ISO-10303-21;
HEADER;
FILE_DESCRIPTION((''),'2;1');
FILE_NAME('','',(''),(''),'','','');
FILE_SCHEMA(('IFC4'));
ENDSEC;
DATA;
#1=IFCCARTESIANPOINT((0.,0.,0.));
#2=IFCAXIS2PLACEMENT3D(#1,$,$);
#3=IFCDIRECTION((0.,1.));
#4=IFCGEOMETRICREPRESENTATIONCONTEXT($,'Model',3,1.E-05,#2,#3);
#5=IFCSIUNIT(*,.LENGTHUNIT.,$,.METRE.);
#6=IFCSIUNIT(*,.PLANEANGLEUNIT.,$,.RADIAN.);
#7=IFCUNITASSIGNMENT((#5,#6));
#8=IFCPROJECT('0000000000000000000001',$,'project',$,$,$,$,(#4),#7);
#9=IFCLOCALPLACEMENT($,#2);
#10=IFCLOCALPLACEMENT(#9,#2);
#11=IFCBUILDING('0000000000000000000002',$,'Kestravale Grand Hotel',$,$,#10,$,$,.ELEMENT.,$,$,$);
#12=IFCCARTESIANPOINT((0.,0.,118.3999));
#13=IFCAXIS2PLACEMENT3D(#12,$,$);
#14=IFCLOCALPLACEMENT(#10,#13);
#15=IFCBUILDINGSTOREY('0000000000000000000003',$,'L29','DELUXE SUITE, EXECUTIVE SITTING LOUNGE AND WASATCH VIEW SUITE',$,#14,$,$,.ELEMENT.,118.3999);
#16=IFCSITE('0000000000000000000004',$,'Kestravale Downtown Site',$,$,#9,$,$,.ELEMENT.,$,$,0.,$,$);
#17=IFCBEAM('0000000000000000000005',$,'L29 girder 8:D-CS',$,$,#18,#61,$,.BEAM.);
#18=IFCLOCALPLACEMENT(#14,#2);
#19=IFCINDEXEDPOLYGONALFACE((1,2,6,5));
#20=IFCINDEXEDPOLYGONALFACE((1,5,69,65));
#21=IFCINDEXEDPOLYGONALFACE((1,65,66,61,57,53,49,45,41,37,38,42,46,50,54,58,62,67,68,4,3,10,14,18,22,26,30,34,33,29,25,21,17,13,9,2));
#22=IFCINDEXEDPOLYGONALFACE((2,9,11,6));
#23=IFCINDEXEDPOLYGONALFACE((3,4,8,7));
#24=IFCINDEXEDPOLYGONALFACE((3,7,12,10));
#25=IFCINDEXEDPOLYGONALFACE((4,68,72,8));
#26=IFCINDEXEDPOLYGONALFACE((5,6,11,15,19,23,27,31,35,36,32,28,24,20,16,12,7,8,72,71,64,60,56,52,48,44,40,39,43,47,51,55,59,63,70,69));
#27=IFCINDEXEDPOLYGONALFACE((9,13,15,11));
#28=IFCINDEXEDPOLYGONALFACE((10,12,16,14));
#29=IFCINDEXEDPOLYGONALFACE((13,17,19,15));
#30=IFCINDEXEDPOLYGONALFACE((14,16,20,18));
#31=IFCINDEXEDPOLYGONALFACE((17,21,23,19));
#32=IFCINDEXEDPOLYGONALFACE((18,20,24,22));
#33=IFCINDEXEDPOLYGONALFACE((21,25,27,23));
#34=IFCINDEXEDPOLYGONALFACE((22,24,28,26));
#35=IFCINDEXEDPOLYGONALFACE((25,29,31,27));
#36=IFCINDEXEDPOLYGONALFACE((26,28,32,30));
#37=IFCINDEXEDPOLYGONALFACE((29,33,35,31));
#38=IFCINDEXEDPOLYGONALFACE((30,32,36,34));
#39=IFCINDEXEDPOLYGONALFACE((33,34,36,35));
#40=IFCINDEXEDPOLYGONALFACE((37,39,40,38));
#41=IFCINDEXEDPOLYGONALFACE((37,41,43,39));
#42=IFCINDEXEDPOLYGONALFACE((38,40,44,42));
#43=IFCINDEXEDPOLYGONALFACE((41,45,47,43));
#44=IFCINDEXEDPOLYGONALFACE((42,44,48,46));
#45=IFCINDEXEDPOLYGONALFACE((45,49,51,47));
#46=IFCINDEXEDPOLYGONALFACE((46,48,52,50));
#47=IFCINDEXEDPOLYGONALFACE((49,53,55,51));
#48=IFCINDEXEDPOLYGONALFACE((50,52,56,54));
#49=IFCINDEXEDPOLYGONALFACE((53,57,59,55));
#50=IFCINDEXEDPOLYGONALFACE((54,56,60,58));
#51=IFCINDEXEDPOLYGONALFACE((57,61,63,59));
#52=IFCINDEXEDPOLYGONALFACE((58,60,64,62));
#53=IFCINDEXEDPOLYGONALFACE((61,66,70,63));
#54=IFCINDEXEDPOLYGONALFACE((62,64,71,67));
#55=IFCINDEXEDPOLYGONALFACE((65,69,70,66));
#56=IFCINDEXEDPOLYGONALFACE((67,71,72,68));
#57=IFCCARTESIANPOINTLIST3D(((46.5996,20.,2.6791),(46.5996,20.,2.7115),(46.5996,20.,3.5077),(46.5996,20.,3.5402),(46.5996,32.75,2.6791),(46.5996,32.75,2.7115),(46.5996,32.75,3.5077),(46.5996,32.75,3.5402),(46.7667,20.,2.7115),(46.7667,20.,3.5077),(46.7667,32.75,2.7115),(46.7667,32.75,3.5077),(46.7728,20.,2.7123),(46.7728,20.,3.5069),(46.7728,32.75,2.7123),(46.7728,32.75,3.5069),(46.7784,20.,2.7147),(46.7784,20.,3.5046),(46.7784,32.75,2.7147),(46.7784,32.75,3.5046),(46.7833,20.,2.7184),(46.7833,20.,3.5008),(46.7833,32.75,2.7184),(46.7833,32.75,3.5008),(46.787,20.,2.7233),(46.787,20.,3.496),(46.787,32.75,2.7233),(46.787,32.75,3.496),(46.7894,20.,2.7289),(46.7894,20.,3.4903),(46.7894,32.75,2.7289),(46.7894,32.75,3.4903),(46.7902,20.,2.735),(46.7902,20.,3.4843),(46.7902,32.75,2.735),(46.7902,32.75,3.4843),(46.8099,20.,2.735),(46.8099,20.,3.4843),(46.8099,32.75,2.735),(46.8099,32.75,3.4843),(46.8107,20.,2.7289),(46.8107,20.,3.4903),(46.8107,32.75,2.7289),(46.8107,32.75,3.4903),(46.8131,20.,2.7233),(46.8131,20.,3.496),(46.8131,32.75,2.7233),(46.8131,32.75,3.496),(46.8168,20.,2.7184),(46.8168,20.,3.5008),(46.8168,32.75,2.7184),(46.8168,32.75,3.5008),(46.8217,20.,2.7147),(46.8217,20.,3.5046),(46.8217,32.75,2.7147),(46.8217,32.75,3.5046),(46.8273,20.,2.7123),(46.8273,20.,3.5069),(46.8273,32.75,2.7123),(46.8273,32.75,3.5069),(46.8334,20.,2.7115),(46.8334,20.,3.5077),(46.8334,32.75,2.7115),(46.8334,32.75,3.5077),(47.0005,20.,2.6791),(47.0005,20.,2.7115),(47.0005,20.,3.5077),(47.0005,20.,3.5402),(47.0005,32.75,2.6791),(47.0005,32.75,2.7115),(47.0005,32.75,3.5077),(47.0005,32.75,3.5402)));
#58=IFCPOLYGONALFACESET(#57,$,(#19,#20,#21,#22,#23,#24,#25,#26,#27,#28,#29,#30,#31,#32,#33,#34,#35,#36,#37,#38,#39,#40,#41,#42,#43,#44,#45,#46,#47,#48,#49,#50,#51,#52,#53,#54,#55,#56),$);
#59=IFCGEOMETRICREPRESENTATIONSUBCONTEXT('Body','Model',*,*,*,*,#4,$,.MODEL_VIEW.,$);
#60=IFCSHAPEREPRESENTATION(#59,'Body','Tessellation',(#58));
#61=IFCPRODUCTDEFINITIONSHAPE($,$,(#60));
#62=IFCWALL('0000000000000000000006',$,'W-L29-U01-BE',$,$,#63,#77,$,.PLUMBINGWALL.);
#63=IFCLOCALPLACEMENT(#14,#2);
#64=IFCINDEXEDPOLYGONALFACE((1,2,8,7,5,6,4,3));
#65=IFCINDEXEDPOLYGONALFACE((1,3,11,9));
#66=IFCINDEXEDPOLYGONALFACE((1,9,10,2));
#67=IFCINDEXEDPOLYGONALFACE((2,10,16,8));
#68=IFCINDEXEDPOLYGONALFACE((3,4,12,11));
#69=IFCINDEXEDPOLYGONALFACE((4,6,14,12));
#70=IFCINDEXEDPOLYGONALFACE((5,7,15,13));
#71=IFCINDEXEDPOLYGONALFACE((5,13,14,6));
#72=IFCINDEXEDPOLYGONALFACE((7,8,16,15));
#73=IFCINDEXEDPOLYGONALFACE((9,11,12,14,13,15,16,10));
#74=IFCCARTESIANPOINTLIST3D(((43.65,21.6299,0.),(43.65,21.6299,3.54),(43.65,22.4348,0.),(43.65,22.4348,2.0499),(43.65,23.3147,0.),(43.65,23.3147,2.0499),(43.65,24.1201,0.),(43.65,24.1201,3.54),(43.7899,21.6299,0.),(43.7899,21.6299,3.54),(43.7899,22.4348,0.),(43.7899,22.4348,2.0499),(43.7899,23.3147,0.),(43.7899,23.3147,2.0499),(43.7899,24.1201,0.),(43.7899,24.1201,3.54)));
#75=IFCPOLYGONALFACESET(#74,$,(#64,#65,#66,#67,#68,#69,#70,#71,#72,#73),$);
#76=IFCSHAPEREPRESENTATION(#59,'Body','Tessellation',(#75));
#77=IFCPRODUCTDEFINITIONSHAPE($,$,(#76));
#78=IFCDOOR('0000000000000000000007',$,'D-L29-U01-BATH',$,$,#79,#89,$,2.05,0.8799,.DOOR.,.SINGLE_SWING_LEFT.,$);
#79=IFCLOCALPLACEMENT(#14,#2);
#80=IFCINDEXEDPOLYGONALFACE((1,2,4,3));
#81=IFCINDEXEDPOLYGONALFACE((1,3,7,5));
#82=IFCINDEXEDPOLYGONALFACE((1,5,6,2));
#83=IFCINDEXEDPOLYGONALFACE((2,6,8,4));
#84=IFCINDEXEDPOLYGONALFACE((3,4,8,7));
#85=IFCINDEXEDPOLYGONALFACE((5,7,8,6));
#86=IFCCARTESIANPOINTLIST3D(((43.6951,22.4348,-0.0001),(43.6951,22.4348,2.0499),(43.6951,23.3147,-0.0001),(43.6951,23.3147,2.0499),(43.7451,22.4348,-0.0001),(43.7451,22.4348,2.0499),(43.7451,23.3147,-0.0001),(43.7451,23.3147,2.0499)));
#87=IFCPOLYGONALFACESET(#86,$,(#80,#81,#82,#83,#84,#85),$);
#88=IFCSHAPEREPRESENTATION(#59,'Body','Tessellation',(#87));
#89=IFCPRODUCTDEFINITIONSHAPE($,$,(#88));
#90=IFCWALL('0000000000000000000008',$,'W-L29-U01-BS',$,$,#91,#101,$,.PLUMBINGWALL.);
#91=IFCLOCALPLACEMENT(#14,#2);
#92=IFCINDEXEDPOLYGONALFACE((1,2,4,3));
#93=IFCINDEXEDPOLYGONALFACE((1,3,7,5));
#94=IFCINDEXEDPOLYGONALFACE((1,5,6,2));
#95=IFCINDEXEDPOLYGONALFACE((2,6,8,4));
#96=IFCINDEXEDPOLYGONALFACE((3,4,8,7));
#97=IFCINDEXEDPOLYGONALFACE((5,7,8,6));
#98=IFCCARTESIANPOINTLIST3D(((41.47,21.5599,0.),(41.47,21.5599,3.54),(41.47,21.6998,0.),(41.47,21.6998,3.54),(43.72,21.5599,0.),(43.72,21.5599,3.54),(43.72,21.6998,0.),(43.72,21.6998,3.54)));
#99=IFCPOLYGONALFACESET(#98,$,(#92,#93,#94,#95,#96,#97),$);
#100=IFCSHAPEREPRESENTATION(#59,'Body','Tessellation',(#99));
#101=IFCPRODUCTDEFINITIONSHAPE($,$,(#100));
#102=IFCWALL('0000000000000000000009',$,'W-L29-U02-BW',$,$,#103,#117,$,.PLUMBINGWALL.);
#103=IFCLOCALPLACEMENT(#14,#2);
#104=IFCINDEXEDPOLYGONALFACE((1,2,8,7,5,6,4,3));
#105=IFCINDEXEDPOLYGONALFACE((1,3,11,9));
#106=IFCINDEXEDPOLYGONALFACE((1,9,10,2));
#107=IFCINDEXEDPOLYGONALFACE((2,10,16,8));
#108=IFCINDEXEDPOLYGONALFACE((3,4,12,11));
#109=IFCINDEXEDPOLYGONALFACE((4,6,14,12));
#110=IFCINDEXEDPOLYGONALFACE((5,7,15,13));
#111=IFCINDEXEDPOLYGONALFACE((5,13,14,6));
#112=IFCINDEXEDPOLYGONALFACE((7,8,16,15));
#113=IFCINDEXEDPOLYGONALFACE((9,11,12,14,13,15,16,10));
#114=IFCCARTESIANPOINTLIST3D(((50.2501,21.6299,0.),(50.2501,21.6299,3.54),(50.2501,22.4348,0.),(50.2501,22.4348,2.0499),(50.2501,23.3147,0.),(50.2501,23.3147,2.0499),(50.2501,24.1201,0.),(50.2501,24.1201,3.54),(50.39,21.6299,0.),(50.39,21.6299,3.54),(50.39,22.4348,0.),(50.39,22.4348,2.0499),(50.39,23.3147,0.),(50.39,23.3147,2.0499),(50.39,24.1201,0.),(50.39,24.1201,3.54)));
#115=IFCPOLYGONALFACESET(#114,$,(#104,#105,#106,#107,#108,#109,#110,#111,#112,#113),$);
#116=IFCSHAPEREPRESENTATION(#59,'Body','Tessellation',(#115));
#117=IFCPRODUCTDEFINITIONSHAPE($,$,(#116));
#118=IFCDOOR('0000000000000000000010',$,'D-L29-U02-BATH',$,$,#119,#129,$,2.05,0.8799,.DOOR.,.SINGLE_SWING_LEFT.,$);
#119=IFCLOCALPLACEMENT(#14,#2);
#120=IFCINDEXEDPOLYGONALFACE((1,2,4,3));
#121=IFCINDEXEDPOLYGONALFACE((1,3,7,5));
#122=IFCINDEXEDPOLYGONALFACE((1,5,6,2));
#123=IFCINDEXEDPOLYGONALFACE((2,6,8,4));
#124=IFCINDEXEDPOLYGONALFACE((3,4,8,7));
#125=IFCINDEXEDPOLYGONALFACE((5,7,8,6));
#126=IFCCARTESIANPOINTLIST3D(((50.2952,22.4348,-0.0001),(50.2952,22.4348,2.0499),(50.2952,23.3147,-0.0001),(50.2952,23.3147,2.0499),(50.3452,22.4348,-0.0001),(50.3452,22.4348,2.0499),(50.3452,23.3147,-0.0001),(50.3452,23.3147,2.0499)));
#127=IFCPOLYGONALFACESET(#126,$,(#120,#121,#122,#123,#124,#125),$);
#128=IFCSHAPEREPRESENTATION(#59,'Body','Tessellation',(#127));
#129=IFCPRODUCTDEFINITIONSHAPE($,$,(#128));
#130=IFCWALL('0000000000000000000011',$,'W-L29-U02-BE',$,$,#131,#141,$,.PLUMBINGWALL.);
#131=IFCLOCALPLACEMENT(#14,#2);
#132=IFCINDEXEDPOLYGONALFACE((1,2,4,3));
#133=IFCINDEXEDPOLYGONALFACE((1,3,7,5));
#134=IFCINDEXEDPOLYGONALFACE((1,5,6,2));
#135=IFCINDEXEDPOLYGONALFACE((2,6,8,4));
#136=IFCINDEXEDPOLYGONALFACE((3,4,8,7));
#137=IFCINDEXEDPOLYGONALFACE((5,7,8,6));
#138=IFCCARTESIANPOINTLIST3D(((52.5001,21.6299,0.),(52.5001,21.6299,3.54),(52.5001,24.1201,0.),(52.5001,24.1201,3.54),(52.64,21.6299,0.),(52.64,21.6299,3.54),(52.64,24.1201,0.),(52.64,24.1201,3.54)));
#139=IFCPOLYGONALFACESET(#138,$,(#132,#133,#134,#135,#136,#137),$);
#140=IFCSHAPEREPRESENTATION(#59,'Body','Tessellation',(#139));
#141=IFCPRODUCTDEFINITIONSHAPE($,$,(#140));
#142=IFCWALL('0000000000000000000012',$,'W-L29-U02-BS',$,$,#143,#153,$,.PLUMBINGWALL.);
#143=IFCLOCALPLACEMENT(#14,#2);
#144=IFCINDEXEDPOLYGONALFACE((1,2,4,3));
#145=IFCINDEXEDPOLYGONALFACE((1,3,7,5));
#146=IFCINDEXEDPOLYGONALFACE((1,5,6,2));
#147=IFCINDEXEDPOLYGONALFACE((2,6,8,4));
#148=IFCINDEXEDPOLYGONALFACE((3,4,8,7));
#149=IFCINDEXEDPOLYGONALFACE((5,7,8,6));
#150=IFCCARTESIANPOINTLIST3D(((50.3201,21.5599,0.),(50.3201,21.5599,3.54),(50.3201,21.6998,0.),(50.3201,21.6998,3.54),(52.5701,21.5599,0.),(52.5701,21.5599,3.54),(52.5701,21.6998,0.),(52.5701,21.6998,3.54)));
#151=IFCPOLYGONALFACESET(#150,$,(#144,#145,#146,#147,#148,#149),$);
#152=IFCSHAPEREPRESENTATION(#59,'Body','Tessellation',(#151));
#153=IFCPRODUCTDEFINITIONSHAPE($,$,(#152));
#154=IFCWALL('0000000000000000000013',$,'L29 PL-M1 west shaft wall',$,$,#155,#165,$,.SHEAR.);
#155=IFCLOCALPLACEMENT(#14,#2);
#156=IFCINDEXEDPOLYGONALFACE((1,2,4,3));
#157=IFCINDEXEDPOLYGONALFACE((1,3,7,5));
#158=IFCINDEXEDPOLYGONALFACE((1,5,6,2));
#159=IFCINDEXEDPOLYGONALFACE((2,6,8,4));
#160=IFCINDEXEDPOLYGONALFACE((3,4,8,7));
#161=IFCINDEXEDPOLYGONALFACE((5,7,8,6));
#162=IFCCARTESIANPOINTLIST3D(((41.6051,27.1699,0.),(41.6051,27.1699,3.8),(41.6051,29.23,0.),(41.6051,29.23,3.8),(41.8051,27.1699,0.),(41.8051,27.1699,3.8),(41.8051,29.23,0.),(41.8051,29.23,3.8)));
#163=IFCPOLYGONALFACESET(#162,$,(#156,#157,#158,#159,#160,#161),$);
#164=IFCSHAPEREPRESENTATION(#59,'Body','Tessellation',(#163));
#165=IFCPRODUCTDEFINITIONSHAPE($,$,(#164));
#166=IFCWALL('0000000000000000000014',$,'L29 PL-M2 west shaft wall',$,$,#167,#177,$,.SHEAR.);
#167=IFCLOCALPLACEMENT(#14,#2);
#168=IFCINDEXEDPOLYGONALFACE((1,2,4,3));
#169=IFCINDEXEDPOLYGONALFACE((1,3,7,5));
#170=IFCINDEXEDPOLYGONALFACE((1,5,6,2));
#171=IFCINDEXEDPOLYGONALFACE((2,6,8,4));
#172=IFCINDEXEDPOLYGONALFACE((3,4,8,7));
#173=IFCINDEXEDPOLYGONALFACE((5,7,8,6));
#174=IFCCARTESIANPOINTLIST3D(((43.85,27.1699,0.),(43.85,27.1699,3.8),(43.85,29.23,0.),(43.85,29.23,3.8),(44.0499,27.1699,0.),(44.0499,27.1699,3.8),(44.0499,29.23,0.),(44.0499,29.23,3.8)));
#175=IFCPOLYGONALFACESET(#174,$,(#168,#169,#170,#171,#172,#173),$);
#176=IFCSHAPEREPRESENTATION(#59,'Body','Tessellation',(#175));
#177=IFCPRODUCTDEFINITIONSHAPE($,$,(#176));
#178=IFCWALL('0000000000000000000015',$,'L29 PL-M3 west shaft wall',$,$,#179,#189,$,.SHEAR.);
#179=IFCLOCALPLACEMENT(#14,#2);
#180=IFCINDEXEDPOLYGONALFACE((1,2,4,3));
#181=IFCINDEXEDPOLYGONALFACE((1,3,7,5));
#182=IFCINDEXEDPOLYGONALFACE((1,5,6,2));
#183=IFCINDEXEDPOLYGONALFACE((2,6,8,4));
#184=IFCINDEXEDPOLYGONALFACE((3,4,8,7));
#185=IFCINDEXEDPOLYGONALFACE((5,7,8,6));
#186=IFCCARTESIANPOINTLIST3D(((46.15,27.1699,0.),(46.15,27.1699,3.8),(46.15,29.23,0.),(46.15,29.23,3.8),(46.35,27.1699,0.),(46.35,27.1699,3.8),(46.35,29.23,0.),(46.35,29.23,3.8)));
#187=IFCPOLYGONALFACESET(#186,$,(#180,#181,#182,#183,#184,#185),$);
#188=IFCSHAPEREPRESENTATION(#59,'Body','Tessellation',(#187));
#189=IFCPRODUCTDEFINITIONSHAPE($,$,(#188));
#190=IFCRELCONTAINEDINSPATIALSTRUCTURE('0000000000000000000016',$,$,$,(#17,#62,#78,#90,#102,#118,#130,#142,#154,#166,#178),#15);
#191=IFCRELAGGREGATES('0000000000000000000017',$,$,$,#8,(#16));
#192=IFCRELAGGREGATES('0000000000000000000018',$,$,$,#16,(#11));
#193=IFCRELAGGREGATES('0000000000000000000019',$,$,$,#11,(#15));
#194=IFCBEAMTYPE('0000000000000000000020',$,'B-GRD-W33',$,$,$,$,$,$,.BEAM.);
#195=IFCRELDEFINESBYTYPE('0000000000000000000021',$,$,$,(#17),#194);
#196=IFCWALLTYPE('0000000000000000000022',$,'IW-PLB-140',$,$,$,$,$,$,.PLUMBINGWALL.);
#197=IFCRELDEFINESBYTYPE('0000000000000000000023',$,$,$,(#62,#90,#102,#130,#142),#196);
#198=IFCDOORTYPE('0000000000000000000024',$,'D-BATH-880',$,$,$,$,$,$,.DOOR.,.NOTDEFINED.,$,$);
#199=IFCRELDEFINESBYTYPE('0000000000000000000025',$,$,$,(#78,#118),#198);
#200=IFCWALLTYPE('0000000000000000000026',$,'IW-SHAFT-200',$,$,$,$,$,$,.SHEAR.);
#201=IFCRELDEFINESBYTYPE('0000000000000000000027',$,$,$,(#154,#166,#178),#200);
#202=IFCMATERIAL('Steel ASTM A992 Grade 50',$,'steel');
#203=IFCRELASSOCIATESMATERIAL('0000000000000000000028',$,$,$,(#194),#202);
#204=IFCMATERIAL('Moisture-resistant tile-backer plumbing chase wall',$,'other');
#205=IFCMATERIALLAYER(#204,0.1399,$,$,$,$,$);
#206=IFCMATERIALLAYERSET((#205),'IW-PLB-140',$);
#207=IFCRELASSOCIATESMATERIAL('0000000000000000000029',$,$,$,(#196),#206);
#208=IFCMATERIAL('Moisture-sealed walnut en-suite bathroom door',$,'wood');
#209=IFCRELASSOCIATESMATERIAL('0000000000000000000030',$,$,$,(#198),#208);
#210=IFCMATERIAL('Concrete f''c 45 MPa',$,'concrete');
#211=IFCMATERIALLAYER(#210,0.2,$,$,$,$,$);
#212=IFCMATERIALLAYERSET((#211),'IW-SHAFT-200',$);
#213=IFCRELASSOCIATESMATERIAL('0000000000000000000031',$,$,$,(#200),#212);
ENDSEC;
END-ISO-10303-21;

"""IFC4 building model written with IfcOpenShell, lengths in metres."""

from ifc_helpers import new_model, si_unit, direction, frame, frame_2d, origin, origin_2d, place, context, subcontext, project, spatial, rectangle, i_section, extrude, material, layer, layer_set, material_profile, profile_set, type_object, element, fill, save


model = new_model("IFC4")

# Units and contexts
model_context = context("Model", 3, precision=1e-05, world=origin(), true_north=direction((0.0, 1.0)))
body_context = subcontext(model_context, "Body", "Model", "MODEL_VIEW")
ifc_project = project(units=[si_unit("LENGTHUNIT", "METRE"), si_unit("PLANEANGLEUNIT", "RADIAN")], contexts=[model_context])

# Site, building, storey
site_placement = place(None, origin())
site = spatial("IfcSite", under=ifc_project, at=site_placement, Name="Kestravale Downtown Site", CompositionType="ELEMENT", RefElevation=0.0)
building_placement = place(site_placement, origin())
building = spatial("IfcBuilding", under=site, at=building_placement, Name="Kestravale Grand Hotel", CompositionType="ELEMENT")
storey_placement = place(building_placement, frame((0.0, 0.0, 118.3999)))
storey = spatial("IfcBuildingStorey", under=building, at=storey_placement, Name="L29", Description="DELUXE SUITE, EXECUTIVE SITTING LOUNGE AND WASATCH VIEW SUITE", CompositionType="ELEMENT", Elevation=118.3999)

# Beam
ifc_material_1 = material(Name="Steel ASTM A992 Grade 50", Category="steel")
ifc_material_profile_1 = material_profile(ifc_material_1, i_section(OverallWidth=0.4009, OverallDepth=0.8611, WebThickness=0.0198, FlangeThickness=0.0325, FilletRadius=0.0234, at=origin_2d()))
ifc_profile_set_1 = profile_set([ifc_material_profile_1], Name="Steel ASTM A992 Grade 50")
beam_type = type_object("IfcBeamType", Name="B-GRD-W33", PredefinedType="BEAM", material=ifc_profile_set_1)
beam_1_placement = place(storey_placement, frame((46.8, 20.0, 3.1096), z_axis=(0.0, 1.0, 0.0), x_axis=(-1.0, 0.0, 0.0)))
element("IfcBeam", 1, at=beam_1_placement, inside=storey, type_object=beam_type, Name="L29 girder 8:D-CS", PredefinedType="BEAM", context=body_context, shape_type="SweptSolid", body=[
    extrude(i_section(OverallWidth=0.4009, OverallDepth=0.8611, WebThickness=0.0198, FlangeThickness=0.0325, FilletRadius=0.0234, at=origin_2d()), origin(), (0.0, 0.0, 1.0), 12.75),
])

# Wall, opening, door
ifc_material_2 = material(Name="Moisture-resistant tile-backer plumbing chase wall", Category="other")
ifc_layer_1 = layer(ifc_material_2, 0.1399)
ifc_layer_set_1 = layer_set([ifc_layer_1], Name="IW-PLB-140")
wall_type_1 = type_object("IfcWallType", Name="IW-PLB-140", PredefinedType="PLUMBINGWALL", material=ifc_layer_set_1)
wall_1_placement = place(storey_placement, frame((43.72, 21.6299, 0.0), z_axis=(0.0, 0.0, 1.0), x_axis=(0.0, 1.0, 0.0)))
wall_1 = element("IfcWall", 2, at=wall_1_placement, inside=storey, type_object=wall_type_1, Name="W-L29-U01-BE", PredefinedType="PLUMBINGWALL", context=body_context, shape_type="SweptSolid", body=[
    extrude(rectangle(XDim=2.4902, YDim=0.1399, at=frame_2d((1.2451, 0.0))), origin(), (0.0, 0.0, 1.0), 3.54),
])
opening_1_placement = place(wall_1_placement, frame((0.8049, 0.0, 0.0)))
opening_1 = element("IfcOpeningElement", 3, at=opening_1_placement, cuts=wall_1, PredefinedType="OPENING", context=body_context, shape_type="SweptSolid", body=[
    extrude(rectangle(XDim=0.8799, YDim=2.05, at=frame_2d((0.4399, 1.0249))), frame((0.0, 0.0798, 0.0), z_axis=(0.0, -1.0, 0.0), x_axis=(1.0, 0.0, 0.0)), (0.0, 0.0, 1.0), 0.1599),
])
ifc_material_3 = material(Name="Moisture-sealed walnut en-suite bathroom door", Category="wood")
door_type = type_object("IfcDoorType", Name="D-BATH-880", OperationType="NOTDEFINED", PredefinedType="DOOR", material=ifc_material_3)
door_1_placement = place(opening_1_placement, origin())
door_1 = element("IfcDoor", 4, at=door_1_placement, inside=storey, type_object=door_type, Name="D-L29-U01-BATH", OperationType="SINGLE_SWING_LEFT", OverallHeight=2.05, OverallWidth=0.8799, PredefinedType="DOOR", context=body_context, shape_type="SweptSolid", body=[
    extrude(rectangle(XDim=0.8799, YDim=2.05, at=frame_2d((0.4399, 1.0249))), frame((0.0, 0.0249, 0.0), z_axis=(0.0, -1.0, 0.0), x_axis=(1.0, 0.0, 0.0)), (0.0, 0.0, 1.0), 0.05),
])
fill(opening_1, door_1)

# Wall
wall_2_placement = place(storey_placement, frame((41.47, 21.6299, 0.0), z_axis=(0.0, 0.0, 1.0), x_axis=(1.0, 0.0, 0.0)))
element("IfcWall", 5, at=wall_2_placement, inside=storey, type_object=wall_type_1, Name="W-L29-U01-BS", PredefinedType="PLUMBINGWALL", context=body_context, shape_type="SweptSolid", body=[
    extrude(rectangle(XDim=2.25, YDim=0.1399, at=frame_2d((1.125, 0.0))), origin(), (0.0, 0.0, 1.0), 3.54),
])

# Wall, opening, door
wall_3_placement = place(storey_placement, frame((50.3201, 21.6299, 0.0), z_axis=(0.0, 0.0, 1.0), x_axis=(0.0, 1.0, 0.0)))
wall_3 = element("IfcWall", 6, at=wall_3_placement, inside=storey, type_object=wall_type_1, Name="W-L29-U02-BW", PredefinedType="PLUMBINGWALL", context=body_context, shape_type="SweptSolid", body=[
    extrude(rectangle(XDim=2.4902, YDim=0.1399, at=frame_2d((1.2451, 0.0))), origin(), (0.0, 0.0, 1.0), 3.54),
])
opening_2_placement = place(wall_3_placement, frame((0.8049, 0.0, 0.0)))
opening_2 = element("IfcOpeningElement", 7, at=opening_2_placement, cuts=wall_3, PredefinedType="OPENING", context=body_context, shape_type="SweptSolid", body=[
    extrude(rectangle(XDim=0.8799, YDim=2.05, at=frame_2d((0.4399, 1.0249))), frame((0.0, 0.0798, 0.0), z_axis=(0.0, -1.0, 0.0), x_axis=(1.0, 0.0, 0.0)), (0.0, 0.0, 1.0), 0.1599),
])
door_2_placement = place(opening_2_placement, origin())
door_2 = element("IfcDoor", 8, at=door_2_placement, inside=storey, type_object=door_type, Name="D-L29-U02-BATH", OperationType="SINGLE_SWING_LEFT", OverallHeight=2.05, OverallWidth=0.8799, PredefinedType="DOOR", context=body_context, shape_type="SweptSolid", body=[
    extrude(rectangle(XDim=0.8799, YDim=2.05, at=frame_2d((0.4399, 1.0249))), frame((0.0, 0.0249, 0.0), z_axis=(0.0, -1.0, 0.0), x_axis=(1.0, 0.0, 0.0)), (0.0, 0.0, 1.0), 0.05),
])
fill(opening_2, door_2)

# Walls
wall_4_placement = place(storey_placement, frame((52.5701, 21.6299, 0.0), z_axis=(0.0, 0.0, 1.0), x_axis=(0.0, 1.0, 0.0)))
element("IfcWall", 9, at=wall_4_placement, inside=storey, type_object=wall_type_1, Name="W-L29-U02-BE", PredefinedType="PLUMBINGWALL", context=body_context, shape_type="SweptSolid", body=[
    extrude(rectangle(XDim=2.4902, YDim=0.1399, at=frame_2d((1.2451, 0.0))), origin(), (0.0, 0.0, 1.0), 3.54),
])
wall_5_placement = place(storey_placement, frame((50.3201, 21.6299, 0.0), z_axis=(0.0, 0.0, 1.0), x_axis=(1.0, 0.0, 0.0)))
element("IfcWall", 10, at=wall_5_placement, inside=storey, type_object=wall_type_1, Name="W-L29-U02-BS", PredefinedType="PLUMBINGWALL", context=body_context, shape_type="SweptSolid", body=[
    extrude(rectangle(XDim=2.25, YDim=0.1399, at=frame_2d((1.125, 0.0))), origin(), (0.0, 0.0, 1.0), 3.54),
])
ifc_material_4 = material(Name="Concrete f'c 45 MPa", Category="concrete")
ifc_layer_2 = layer(ifc_material_4, 0.2)
ifc_layer_set_2 = layer_set([ifc_layer_2], Name="IW-SHAFT-200")
wall_type_2 = type_object("IfcWallType", Name="IW-SHAFT-200", PredefinedType="SHEAR", material=ifc_layer_set_2)
for number, where, z_axis, x_axis, name in (
    (11, (41.7051, 27.1699, 0.0), (0.0, 0.0, 1.0), (0.0, 1.0, 0.0), "L29 PL-M1 west shaft wall"),
    (12, (43.95, 27.1699, 0.0), (0.0, 0.0, 1.0), (0.0, 1.0, 0.0), "L29 PL-M2 west shaft wall"),
    (13, (46.25, 27.1699, 0.0), (0.0, 0.0, 1.0), (0.0, 1.0, 0.0), "L29 PL-M3 west shaft wall"),
):
    element("IfcWall", number, at=place(storey_placement, frame(where, z_axis=z_axis, x_axis=x_axis)), inside=storey, type_object=wall_type_2, Name=name, PredefinedType="SHEAR", context=body_context, shape_type="SweptSolid", body=[
        extrude(rectangle(XDim=2.0601, YDim=0.2, at=frame_2d((1.03, 0.0))), origin(), (0.0, 0.0, 1.0), 3.8),
    ])

save(model, "model.ifc")
